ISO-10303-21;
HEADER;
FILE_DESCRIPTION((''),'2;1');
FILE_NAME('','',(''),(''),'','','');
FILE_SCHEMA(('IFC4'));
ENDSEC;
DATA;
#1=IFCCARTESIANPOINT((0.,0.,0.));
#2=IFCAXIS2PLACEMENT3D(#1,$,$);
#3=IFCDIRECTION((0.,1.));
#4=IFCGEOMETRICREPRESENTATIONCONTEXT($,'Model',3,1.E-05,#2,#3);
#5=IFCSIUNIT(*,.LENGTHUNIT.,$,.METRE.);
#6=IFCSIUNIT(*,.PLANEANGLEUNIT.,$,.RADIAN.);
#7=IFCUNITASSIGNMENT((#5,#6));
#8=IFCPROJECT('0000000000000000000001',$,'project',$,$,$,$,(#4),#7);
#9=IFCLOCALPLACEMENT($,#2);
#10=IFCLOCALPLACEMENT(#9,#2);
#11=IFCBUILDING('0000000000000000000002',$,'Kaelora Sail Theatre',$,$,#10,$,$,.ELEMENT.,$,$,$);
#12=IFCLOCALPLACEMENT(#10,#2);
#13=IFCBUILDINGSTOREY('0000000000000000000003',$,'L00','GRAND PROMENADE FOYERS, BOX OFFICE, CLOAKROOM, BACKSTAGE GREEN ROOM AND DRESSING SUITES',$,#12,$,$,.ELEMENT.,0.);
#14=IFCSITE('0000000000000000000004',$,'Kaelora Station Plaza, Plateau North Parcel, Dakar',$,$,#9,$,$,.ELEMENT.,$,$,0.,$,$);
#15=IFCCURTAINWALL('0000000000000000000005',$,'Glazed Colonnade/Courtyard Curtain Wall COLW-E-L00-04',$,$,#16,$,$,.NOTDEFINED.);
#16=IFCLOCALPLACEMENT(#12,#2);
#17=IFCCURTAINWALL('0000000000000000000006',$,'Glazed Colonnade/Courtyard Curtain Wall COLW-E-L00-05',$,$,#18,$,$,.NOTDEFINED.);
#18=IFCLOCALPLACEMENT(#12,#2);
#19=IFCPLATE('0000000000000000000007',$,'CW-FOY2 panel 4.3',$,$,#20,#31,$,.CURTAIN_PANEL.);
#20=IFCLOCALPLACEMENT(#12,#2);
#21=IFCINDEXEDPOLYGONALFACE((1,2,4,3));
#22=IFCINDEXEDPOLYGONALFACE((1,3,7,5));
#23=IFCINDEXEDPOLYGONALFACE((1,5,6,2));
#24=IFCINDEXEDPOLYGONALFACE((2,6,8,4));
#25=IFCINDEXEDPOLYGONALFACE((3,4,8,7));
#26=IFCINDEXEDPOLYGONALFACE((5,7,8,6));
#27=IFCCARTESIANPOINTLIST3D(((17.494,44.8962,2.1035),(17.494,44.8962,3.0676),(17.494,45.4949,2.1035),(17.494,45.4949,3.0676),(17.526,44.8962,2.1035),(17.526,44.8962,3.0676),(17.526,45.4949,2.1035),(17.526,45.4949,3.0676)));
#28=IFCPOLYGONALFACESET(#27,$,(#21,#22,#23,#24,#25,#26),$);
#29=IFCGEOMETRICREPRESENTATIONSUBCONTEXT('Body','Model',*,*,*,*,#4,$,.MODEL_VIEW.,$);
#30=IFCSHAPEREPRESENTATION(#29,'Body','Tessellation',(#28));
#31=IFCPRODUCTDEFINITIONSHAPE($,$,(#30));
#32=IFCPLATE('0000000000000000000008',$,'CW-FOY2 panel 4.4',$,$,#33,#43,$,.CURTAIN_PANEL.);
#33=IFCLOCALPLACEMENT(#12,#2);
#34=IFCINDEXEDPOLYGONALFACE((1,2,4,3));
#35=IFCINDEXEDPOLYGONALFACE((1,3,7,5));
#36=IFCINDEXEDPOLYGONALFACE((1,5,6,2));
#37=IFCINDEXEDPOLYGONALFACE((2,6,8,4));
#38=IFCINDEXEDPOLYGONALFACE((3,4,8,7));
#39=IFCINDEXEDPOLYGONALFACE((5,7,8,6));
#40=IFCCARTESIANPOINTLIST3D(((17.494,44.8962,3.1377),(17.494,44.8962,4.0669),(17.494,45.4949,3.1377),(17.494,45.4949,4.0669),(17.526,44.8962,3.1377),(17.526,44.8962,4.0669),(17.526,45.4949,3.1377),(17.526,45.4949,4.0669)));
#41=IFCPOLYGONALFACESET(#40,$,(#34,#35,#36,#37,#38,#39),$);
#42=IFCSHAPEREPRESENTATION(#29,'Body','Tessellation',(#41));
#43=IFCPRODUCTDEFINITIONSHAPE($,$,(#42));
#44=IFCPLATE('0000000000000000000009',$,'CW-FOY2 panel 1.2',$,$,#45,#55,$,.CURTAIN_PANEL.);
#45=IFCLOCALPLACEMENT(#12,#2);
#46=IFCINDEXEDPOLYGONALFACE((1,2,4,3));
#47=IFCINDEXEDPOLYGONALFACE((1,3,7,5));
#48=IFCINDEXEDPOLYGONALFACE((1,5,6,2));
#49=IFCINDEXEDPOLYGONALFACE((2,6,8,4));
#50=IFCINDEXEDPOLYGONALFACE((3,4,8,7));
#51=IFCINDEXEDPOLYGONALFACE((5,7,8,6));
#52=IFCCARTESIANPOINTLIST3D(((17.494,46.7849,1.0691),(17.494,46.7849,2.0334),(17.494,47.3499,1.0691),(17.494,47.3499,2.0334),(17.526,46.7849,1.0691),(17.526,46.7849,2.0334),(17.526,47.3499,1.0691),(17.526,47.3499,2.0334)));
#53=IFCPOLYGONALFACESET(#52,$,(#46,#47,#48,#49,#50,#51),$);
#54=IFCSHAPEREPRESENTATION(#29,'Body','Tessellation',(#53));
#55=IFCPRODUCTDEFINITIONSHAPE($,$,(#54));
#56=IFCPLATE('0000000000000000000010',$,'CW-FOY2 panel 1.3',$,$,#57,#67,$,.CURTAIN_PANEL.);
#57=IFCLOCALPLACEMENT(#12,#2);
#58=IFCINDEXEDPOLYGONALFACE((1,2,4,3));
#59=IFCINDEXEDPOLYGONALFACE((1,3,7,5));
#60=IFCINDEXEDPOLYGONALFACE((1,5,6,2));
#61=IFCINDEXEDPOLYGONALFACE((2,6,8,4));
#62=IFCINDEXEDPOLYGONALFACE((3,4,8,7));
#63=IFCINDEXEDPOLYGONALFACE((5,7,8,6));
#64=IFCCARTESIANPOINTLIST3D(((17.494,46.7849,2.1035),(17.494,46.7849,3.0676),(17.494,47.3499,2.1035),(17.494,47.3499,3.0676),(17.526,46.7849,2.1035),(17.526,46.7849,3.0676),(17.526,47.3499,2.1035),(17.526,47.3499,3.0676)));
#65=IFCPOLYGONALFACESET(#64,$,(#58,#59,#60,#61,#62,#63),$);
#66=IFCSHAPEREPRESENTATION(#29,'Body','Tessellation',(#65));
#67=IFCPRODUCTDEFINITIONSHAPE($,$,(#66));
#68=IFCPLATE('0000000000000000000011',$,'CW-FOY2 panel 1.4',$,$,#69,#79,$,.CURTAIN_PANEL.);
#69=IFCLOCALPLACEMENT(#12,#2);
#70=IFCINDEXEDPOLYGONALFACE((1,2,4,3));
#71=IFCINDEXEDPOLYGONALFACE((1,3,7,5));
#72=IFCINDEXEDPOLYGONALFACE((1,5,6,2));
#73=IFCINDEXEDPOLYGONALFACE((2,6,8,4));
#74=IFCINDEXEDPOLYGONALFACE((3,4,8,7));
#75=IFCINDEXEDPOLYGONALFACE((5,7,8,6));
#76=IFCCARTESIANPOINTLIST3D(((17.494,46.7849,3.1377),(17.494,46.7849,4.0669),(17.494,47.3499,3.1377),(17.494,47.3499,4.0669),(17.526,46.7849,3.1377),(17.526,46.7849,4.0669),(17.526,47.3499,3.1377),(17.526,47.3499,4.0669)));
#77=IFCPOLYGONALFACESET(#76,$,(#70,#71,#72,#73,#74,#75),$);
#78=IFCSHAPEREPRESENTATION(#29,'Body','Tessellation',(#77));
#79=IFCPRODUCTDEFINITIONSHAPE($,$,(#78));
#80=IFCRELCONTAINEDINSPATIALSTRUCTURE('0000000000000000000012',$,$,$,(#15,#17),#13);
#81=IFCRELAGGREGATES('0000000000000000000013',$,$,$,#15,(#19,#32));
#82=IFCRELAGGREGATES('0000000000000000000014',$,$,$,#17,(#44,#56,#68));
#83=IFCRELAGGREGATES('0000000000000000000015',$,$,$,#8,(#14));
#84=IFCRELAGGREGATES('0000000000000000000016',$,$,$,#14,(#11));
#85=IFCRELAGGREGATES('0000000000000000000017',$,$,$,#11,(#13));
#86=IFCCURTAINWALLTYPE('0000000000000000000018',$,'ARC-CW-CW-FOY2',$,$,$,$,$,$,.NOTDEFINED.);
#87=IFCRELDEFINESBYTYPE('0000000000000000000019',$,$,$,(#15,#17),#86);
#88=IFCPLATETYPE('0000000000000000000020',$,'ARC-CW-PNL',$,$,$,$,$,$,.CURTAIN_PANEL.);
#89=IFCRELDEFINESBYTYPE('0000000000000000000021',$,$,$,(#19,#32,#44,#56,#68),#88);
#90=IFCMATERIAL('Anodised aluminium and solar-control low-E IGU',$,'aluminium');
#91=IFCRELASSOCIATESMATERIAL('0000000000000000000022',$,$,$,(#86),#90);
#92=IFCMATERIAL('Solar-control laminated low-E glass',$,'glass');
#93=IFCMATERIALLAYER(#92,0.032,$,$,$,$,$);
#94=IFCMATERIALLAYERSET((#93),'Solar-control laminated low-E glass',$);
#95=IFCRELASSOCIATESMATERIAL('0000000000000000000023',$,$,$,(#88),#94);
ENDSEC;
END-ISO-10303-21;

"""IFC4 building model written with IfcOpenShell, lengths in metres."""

from ifc_helpers import new_model, si_unit, direction, frame, origin, origin_2d, place, context, subcontext, project, spatial, rectangle, extrude, material, layer, layer_set, type_object, element, aggregate, save


model = new_model("IFC4")

# Units and contexts
model_context = context("Model", 3, precision=1e-05, world=origin(), true_north=direction((0.0, 1.0)))
body_context = subcontext(model_context, "Body", "Model", "MODEL_VIEW")
ifc_project = project(units=[si_unit("LENGTHUNIT", "METRE"), si_unit("PLANEANGLEUNIT", "RADIAN")], contexts=[model_context])

# Site, building, storey
site_placement = place(None, origin())
site = spatial("IfcSite", under=ifc_project, at=site_placement, Name="Kaelora Station Plaza, Plateau North Parcel, Dakar", CompositionType="ELEMENT", RefElevation=0.0)
building_placement = place(site_placement, origin())
building = spatial("IfcBuilding", under=site, at=building_placement, Name="Kaelora Sail Theatre", CompositionType="ELEMENT")
storey_placement = place(building_placement, origin())
storey = spatial("IfcBuildingStorey", under=building, at=storey_placement, Name="L00", Description="GRAND PROMENADE FOYERS, BOX OFFICE, CLOAKROOM, BACKSTAGE GREEN ROOM AND DRESSING SUITES", CompositionType="ELEMENT", Elevation=0.0)

# Curtain walls
ifc_material_1 = material(Name="Anodised aluminium and solar-control low-E IGU", Category="aluminium")
curtain_wall_type = type_object("IfcCurtainWallType", Name="ARC-CW-CW-FOY2", PredefinedType="NOTDEFINED", material=ifc_material_1)
curtain_wall_1_placement = place(storey_placement, origin())
curtain_wall_1 = element("IfcCurtainWall", 1, at=curtain_wall_1_placement, inside=storey, type_object=curtain_wall_type, Name="Glazed Colonnade/Courtyard Curtain Wall COLW-E-L00-04", PredefinedType="NOTDEFINED")
curtain_wall_2_placement = place(storey_placement, origin())
curtain_wall_2 = element("IfcCurtainWall", 2, at=curtain_wall_2_placement, inside=storey, type_object=curtain_wall_type, Name="Glazed Colonnade/Courtyard Curtain Wall COLW-E-L00-05", PredefinedType="NOTDEFINED")

# Plates
ifc_material_2 = material(Name="Solar-control laminated low-E glass", Category="glass")
ifc_layer = layer(ifc_material_2, 0.032)
ifc_layer_set = layer_set([ifc_layer], Name="Solar-control laminated low-E glass")
plate_type = type_object("IfcPlateType", Name="ARC-CW-PNL", PredefinedType="CURTAIN_PANEL", material=ifc_layer_set)
plate_1_placement = place(storey_placement, frame((17.51, 45.1956, 2.1035), z_axis=(0.0, 0.0, 1.0), x_axis=(0.0, 1.0, 0.0)))
plate_1 = element("IfcPlate", 3, at=plate_1_placement, type_object=plate_type, Name="CW-FOY2 panel 4.3", PredefinedType="CURTAIN_PANEL", context=body_context, shape_type="SweptSolid", body=[
    extrude(rectangle(XDim=0.5986, YDim=0.032, at=origin_2d()), origin(), (0.0, 0.0, 1.0), 0.9641),
])
plate_2_placement = place(storey_placement, frame((17.51, 45.1956, 3.1377), z_axis=(0.0, 0.0, 1.0), x_axis=(0.0, 1.0, 0.0)))
plate_2 = element("IfcPlate", 4, at=plate_2_placement, type_object=plate_type, Name="CW-FOY2 panel 4.4", PredefinedType="CURTAIN_PANEL", context=body_context, shape_type="SweptSolid", body=[
    extrude(rectangle(XDim=0.5986, YDim=0.032, at=origin_2d()), origin(), (0.0, 0.0, 1.0), 0.9292),
])
aggregate(curtain_wall_1, [plate_1, plate_2])
plate_3_placement = place(storey_placement, frame((17.51, 47.0674, 1.0691), z_axis=(0.0, 0.0, 1.0), x_axis=(0.0, 1.0, 0.0)))
plate_3 = element("IfcPlate", 5, at=plate_3_placement, type_object=plate_type, Name="CW-FOY2 panel 1.2", PredefinedType="CURTAIN_PANEL", context=body_context, shape_type="SweptSolid", body=[
    extrude(rectangle(XDim=0.5649, YDim=0.032, at=origin_2d()), origin(), (0.0, 0.0, 1.0), 0.9644),
])
plate_4_placement = place(storey_placement, frame((17.51, 47.0674, 2.1035), z_axis=(0.0, 0.0, 1.0), x_axis=(0.0, 1.0, 0.0)))
plate_4 = element("IfcPlate", 6, at=plate_4_placement, type_object=plate_type, Name="CW-FOY2 panel 1.3", PredefinedType="CURTAIN_PANEL", context=body_context, shape_type="SweptSolid", body=[
    extrude(rectangle(XDim=0.5649, YDim=0.032, at=origin_2d()), origin(), (0.0, 0.0, 1.0), 0.9641),
])
plate_5_placement = place(storey_placement, frame((17.51, 47.0674, 3.1377), z_axis=(0.0, 0.0, 1.0), x_axis=(0.0, 1.0, 0.0)))
plate_5 = element("IfcPlate", 7, at=plate_5_placement, type_object=plate_type, Name="CW-FOY2 panel 1.4", PredefinedType="CURTAIN_PANEL", context=body_context, shape_type="SweptSolid", body=[
    extrude(rectangle(XDim=0.5649, YDim=0.032, at=origin_2d()), origin(), (0.0, 0.0, 1.0), 0.9292),
])
aggregate(curtain_wall_2, [plate_3, plate_4, plate_5])

save(model, "model.ifc")
